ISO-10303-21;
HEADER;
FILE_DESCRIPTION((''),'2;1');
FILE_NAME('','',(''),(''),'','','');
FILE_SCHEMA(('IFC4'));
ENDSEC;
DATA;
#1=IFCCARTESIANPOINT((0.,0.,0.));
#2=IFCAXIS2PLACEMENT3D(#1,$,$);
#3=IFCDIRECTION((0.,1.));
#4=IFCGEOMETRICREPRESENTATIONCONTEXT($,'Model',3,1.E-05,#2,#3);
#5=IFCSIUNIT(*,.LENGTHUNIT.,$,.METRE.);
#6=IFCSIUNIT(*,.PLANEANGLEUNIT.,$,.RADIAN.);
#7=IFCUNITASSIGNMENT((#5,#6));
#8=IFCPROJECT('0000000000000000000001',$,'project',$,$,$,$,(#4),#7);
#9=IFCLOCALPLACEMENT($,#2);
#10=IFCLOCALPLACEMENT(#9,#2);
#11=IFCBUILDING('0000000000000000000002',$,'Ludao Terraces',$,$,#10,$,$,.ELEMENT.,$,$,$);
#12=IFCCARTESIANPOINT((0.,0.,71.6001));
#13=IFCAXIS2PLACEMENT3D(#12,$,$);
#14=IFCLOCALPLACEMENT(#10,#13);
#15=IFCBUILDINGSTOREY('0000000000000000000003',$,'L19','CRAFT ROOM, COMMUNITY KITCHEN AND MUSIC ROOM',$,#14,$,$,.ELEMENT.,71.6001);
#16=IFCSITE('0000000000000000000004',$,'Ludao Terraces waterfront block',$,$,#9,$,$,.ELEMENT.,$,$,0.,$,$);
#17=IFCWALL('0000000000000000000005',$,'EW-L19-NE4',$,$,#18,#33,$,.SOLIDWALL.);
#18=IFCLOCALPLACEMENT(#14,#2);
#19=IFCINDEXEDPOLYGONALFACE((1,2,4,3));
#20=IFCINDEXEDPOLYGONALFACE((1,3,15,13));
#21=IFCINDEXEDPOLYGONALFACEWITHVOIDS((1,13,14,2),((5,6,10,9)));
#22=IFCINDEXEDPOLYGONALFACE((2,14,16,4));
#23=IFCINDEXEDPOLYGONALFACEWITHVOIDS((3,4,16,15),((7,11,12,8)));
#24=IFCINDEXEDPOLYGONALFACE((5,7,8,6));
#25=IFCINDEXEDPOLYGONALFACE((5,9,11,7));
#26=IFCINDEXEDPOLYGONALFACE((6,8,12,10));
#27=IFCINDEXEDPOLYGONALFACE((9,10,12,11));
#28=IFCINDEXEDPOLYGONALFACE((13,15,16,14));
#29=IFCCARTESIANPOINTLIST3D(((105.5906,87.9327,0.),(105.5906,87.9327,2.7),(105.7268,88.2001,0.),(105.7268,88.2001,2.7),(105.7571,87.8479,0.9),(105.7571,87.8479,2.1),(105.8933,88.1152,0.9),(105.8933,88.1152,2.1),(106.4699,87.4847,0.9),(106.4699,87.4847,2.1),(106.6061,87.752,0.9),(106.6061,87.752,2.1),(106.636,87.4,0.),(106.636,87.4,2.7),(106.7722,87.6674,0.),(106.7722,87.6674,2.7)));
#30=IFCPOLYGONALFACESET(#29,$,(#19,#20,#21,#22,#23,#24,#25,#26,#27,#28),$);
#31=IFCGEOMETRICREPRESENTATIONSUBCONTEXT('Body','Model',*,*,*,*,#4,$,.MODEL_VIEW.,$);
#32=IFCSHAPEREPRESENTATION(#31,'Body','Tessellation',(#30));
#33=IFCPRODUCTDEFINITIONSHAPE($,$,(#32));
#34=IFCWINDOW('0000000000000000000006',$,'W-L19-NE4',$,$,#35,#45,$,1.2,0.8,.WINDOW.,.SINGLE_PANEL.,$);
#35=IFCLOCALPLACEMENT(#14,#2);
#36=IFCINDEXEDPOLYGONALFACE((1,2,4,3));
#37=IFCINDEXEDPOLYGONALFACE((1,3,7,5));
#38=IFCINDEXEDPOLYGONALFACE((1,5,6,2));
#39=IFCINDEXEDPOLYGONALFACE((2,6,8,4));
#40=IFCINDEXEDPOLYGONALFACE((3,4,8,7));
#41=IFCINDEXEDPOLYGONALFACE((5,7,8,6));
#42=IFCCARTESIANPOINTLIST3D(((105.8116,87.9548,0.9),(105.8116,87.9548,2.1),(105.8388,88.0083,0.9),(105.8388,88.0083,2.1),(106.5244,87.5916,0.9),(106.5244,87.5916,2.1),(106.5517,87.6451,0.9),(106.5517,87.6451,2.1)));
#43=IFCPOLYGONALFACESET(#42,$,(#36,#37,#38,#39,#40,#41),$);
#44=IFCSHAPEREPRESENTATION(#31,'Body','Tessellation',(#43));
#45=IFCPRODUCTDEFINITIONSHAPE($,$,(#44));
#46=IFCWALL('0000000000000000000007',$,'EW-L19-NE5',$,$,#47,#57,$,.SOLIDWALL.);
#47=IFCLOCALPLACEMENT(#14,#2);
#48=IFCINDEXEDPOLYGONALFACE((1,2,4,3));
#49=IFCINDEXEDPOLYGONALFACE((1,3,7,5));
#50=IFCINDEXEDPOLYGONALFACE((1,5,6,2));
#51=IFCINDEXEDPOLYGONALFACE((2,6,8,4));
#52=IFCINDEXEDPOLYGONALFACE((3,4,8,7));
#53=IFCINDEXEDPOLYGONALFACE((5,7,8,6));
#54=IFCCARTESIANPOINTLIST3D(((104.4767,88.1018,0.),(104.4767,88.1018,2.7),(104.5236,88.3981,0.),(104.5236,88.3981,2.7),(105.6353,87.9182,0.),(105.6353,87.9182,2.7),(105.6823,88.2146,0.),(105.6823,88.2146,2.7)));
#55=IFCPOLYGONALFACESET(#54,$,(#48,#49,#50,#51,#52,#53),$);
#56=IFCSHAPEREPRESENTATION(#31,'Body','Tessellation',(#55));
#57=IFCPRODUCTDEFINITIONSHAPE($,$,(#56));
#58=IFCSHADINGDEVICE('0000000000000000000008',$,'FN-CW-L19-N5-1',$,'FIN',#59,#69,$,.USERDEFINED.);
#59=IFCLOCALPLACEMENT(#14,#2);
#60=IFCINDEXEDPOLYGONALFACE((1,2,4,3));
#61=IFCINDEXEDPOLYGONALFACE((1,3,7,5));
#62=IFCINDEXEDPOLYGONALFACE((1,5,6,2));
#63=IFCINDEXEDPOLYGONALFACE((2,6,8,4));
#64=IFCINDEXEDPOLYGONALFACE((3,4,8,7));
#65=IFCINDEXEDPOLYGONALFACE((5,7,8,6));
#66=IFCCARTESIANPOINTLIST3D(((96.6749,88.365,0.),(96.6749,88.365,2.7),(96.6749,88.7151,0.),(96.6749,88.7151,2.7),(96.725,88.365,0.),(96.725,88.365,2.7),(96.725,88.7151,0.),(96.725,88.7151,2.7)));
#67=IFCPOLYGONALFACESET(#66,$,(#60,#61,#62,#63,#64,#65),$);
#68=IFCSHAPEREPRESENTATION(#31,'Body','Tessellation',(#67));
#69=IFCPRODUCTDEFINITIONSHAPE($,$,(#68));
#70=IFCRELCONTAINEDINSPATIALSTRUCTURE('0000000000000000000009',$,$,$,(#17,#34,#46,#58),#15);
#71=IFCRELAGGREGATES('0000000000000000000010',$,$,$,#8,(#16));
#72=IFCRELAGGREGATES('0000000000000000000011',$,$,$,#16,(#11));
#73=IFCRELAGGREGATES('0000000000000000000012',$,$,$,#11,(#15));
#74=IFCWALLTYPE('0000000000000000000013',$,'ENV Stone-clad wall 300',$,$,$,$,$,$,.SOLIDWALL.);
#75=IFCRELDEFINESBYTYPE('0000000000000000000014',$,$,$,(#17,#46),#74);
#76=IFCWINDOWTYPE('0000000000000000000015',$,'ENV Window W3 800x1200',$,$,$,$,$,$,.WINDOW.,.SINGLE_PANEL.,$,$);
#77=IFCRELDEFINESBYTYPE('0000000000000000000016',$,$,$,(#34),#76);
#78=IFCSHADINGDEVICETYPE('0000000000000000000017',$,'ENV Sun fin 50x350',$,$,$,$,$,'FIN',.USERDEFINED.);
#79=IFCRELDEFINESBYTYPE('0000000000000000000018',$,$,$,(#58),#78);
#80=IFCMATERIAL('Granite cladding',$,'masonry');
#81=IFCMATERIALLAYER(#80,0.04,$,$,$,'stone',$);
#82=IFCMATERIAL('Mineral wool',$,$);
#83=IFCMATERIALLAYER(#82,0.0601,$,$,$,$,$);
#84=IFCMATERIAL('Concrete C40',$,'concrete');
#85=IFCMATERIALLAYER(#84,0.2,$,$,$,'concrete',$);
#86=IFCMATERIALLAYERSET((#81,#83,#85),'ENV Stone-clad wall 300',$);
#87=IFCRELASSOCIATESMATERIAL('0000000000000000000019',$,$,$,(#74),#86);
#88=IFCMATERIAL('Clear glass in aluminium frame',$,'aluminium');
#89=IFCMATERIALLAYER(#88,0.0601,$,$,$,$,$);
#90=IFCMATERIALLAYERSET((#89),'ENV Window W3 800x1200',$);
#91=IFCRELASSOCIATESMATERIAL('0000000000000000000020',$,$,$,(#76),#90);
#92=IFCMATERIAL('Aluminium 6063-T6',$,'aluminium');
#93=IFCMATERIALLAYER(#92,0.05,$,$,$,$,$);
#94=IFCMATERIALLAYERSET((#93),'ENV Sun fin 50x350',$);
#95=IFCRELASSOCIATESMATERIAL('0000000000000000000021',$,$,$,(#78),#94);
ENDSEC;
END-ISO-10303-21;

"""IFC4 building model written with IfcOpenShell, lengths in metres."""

from ifc_helpers import new_model, si_unit, direction, frame, frame_2d, origin, origin_2d, place, context, subcontext, project, spatial, rectangle, extrude, material, layer, layer_set, type_object, element, fill, save


model = new_model("IFC4")

# Units and contexts
model_context = context("Model", 3, precision=1e-05, world=origin(), true_north=direction((0.0, 1.0)))
body_context = subcontext(model_context, "Body", "Model", "MODEL_VIEW")
ifc_project = project(units=[si_unit("LENGTHUNIT", "METRE"), si_unit("PLANEANGLEUNIT", "RADIAN")], contexts=[model_context])

# Site, building, storey
site_placement = place(None, origin())
site = spatial("IfcSite", under=ifc_project, at=site_placement, Name="Ludao Terraces waterfront block", CompositionType="ELEMENT", RefElevation=0.0)
building_placement = place(site_placement, origin())
building = spatial("IfcBuilding", under=site, at=building_placement, Name="Ludao Terraces", CompositionType="ELEMENT")
storey_placement = place(building_placement, frame((0.0, 0.0, 71.6001)))
storey = spatial("IfcBuildingStorey", under=building, at=storey_placement, Name="L19", Description="CRAFT ROOM, COMMUNITY KITCHEN AND MUSIC ROOM", CompositionType="ELEMENT", Elevation=71.6001)

# Shared definitions
ifc_material_1 = material(Name="Aluminium 6063-T6", Category="aluminium")

# Shared definitions
ifc_material_2 = material(Name="Concrete C40", Category="concrete")

# Shared definitions
ifc_material_3 = material(Name="Granite cladding", Category="masonry")
ifc_layer_1 = layer(ifc_material_3, 0.04, Category="stone")
ifc_material_4 = material(Name="Mineral wool")
ifc_layer_2 = layer(ifc_material_4, 0.0601)
ifc_layer_3 = layer(ifc_material_2, 0.2, Category="concrete")
ifc_layer_set_1 = layer_set([ifc_layer_1, ifc_layer_2, ifc_layer_3], Name="ENV Stone-clad wall 300")
wall_type = type_object("IfcWallType", Name="ENV Stone-clad wall 300", PredefinedType="SOLIDWALL", material=ifc_layer_set_1)

# Wall, opening, window
ifc_material_5 = material(Name="Clear glass in aluminium frame", Category="aluminium")
ifc_layer_4 = layer(ifc_material_5, 0.0601)
ifc_layer_set_2 = layer_set([ifc_layer_4], Name="ENV Window W3 800x1200")
window_type = type_object("IfcWindowType", Name="ENV Window W3 800x1200", PartitioningType="SINGLE_PANEL", PredefinedType="WINDOW", material=ifc_layer_set_2)
wall_1_placement = place(storey_placement, frame((106.7041, 87.5337, 0.0), z_axis=(0.0, 0.0, 1.0), x_axis=(-0.890989, 0.454026, 0.0)))
wall_1 = element("IfcWall", 1, at=wall_1_placement, inside=storey, type_object=wall_type, Name="EW-L19-NE4", PredefinedType="SOLIDWALL", context=body_context, shape_type="SweptSolid", body=[
    extrude(rectangle(XDim=1.1733, YDim=0.3, at=frame_2d((0.5867, 0.0))), origin(), (0.0, 0.0, 1.0), 2.7),
])
opening_1_placement = place(wall_1_placement, frame((0.1865, 0.0, 0.8999)))
opening_1 = element("IfcOpeningElement", 2, at=opening_1_placement, cuts=wall_1, PredefinedType="OPENING", context=body_context, shape_type="SweptSolid", body=[
    extrude(rectangle(XDim=0.8, YDim=1.2, at=frame_2d((0.3999, 0.6001))), frame((0.0, 0.1602, 0.0), z_axis=(0.0, -1.0, 0.0), x_axis=(1.0, 0.0, 0.0)), (0.0, 0.0, 1.0), 0.3201),
])
window_1_placement = place(opening_1_placement, origin())
window_1 = element("IfcWindow", 3, at=window_1_placement, inside=storey, type_object=window_type, Name="W-L19-NE4", OverallHeight=1.2, OverallWidth=0.8, PartitioningType="SINGLE_PANEL", PredefinedType="WINDOW", context=body_context, shape_type="SweptSolid", body=[
    extrude(rectangle(XDim=0.8, YDim=1.2, at=frame_2d((0.3999, 0.6001))), frame((0.0, 0.03, 0.0), z_axis=(0.0, -1.0, 0.0), x_axis=(1.0, 0.0, 0.0)), (0.0, 0.0, 1.0), 0.0601),
])
fill(opening_1, window_1)

# Wall
wall_2_placement = place(storey_placement, frame((105.6587, 88.0664, 0.0), z_axis=(0.0, 0.0, 1.0), x_axis=(-0.987678, 0.156497, 0.0)))
element("IfcWall", 4, at=wall_2_placement, inside=storey, type_object=wall_type, Name="EW-L19-NE5", PredefinedType="SOLIDWALL", context=body_context, shape_type="SweptSolid", body=[
    extrude(rectangle(XDim=1.1731, YDim=0.3, at=frame_2d((0.5864, 0.0))), origin(), (0.0, 0.0, 1.0), 2.7),
])

# Shading device
ifc_layer_5 = layer(ifc_material_1, 0.05)
ifc_layer_set_3 = layer_set([ifc_layer_5], Name="ENV Sun fin 50x350")
shading_device_type = type_object("IfcShadingDeviceType", Name="ENV Sun fin 50x350", ElementType="FIN", PredefinedType="USERDEFINED", material=ifc_layer_set_3)
shading_device_placement = place(storey_placement, frame((96.7, 88.54, 0.0), z_axis=(0.0, 0.0, 1.0), x_axis=(1.0, 0.0, 0.0)))
element("IfcShadingDevice", 5, at=shading_device_placement, inside=storey, type_object=shading_device_type, Name="FN-CW-L19-N5-1", ObjectType="FIN", PredefinedType="USERDEFINED", context=body_context, shape_type="SweptSolid", body=[
    extrude(rectangle(XDim=0.05, YDim=0.3501, at=origin_2d()), origin(), (0.0, 0.0, 1.0), 2.7),
])

save(model, "model.ifc")
